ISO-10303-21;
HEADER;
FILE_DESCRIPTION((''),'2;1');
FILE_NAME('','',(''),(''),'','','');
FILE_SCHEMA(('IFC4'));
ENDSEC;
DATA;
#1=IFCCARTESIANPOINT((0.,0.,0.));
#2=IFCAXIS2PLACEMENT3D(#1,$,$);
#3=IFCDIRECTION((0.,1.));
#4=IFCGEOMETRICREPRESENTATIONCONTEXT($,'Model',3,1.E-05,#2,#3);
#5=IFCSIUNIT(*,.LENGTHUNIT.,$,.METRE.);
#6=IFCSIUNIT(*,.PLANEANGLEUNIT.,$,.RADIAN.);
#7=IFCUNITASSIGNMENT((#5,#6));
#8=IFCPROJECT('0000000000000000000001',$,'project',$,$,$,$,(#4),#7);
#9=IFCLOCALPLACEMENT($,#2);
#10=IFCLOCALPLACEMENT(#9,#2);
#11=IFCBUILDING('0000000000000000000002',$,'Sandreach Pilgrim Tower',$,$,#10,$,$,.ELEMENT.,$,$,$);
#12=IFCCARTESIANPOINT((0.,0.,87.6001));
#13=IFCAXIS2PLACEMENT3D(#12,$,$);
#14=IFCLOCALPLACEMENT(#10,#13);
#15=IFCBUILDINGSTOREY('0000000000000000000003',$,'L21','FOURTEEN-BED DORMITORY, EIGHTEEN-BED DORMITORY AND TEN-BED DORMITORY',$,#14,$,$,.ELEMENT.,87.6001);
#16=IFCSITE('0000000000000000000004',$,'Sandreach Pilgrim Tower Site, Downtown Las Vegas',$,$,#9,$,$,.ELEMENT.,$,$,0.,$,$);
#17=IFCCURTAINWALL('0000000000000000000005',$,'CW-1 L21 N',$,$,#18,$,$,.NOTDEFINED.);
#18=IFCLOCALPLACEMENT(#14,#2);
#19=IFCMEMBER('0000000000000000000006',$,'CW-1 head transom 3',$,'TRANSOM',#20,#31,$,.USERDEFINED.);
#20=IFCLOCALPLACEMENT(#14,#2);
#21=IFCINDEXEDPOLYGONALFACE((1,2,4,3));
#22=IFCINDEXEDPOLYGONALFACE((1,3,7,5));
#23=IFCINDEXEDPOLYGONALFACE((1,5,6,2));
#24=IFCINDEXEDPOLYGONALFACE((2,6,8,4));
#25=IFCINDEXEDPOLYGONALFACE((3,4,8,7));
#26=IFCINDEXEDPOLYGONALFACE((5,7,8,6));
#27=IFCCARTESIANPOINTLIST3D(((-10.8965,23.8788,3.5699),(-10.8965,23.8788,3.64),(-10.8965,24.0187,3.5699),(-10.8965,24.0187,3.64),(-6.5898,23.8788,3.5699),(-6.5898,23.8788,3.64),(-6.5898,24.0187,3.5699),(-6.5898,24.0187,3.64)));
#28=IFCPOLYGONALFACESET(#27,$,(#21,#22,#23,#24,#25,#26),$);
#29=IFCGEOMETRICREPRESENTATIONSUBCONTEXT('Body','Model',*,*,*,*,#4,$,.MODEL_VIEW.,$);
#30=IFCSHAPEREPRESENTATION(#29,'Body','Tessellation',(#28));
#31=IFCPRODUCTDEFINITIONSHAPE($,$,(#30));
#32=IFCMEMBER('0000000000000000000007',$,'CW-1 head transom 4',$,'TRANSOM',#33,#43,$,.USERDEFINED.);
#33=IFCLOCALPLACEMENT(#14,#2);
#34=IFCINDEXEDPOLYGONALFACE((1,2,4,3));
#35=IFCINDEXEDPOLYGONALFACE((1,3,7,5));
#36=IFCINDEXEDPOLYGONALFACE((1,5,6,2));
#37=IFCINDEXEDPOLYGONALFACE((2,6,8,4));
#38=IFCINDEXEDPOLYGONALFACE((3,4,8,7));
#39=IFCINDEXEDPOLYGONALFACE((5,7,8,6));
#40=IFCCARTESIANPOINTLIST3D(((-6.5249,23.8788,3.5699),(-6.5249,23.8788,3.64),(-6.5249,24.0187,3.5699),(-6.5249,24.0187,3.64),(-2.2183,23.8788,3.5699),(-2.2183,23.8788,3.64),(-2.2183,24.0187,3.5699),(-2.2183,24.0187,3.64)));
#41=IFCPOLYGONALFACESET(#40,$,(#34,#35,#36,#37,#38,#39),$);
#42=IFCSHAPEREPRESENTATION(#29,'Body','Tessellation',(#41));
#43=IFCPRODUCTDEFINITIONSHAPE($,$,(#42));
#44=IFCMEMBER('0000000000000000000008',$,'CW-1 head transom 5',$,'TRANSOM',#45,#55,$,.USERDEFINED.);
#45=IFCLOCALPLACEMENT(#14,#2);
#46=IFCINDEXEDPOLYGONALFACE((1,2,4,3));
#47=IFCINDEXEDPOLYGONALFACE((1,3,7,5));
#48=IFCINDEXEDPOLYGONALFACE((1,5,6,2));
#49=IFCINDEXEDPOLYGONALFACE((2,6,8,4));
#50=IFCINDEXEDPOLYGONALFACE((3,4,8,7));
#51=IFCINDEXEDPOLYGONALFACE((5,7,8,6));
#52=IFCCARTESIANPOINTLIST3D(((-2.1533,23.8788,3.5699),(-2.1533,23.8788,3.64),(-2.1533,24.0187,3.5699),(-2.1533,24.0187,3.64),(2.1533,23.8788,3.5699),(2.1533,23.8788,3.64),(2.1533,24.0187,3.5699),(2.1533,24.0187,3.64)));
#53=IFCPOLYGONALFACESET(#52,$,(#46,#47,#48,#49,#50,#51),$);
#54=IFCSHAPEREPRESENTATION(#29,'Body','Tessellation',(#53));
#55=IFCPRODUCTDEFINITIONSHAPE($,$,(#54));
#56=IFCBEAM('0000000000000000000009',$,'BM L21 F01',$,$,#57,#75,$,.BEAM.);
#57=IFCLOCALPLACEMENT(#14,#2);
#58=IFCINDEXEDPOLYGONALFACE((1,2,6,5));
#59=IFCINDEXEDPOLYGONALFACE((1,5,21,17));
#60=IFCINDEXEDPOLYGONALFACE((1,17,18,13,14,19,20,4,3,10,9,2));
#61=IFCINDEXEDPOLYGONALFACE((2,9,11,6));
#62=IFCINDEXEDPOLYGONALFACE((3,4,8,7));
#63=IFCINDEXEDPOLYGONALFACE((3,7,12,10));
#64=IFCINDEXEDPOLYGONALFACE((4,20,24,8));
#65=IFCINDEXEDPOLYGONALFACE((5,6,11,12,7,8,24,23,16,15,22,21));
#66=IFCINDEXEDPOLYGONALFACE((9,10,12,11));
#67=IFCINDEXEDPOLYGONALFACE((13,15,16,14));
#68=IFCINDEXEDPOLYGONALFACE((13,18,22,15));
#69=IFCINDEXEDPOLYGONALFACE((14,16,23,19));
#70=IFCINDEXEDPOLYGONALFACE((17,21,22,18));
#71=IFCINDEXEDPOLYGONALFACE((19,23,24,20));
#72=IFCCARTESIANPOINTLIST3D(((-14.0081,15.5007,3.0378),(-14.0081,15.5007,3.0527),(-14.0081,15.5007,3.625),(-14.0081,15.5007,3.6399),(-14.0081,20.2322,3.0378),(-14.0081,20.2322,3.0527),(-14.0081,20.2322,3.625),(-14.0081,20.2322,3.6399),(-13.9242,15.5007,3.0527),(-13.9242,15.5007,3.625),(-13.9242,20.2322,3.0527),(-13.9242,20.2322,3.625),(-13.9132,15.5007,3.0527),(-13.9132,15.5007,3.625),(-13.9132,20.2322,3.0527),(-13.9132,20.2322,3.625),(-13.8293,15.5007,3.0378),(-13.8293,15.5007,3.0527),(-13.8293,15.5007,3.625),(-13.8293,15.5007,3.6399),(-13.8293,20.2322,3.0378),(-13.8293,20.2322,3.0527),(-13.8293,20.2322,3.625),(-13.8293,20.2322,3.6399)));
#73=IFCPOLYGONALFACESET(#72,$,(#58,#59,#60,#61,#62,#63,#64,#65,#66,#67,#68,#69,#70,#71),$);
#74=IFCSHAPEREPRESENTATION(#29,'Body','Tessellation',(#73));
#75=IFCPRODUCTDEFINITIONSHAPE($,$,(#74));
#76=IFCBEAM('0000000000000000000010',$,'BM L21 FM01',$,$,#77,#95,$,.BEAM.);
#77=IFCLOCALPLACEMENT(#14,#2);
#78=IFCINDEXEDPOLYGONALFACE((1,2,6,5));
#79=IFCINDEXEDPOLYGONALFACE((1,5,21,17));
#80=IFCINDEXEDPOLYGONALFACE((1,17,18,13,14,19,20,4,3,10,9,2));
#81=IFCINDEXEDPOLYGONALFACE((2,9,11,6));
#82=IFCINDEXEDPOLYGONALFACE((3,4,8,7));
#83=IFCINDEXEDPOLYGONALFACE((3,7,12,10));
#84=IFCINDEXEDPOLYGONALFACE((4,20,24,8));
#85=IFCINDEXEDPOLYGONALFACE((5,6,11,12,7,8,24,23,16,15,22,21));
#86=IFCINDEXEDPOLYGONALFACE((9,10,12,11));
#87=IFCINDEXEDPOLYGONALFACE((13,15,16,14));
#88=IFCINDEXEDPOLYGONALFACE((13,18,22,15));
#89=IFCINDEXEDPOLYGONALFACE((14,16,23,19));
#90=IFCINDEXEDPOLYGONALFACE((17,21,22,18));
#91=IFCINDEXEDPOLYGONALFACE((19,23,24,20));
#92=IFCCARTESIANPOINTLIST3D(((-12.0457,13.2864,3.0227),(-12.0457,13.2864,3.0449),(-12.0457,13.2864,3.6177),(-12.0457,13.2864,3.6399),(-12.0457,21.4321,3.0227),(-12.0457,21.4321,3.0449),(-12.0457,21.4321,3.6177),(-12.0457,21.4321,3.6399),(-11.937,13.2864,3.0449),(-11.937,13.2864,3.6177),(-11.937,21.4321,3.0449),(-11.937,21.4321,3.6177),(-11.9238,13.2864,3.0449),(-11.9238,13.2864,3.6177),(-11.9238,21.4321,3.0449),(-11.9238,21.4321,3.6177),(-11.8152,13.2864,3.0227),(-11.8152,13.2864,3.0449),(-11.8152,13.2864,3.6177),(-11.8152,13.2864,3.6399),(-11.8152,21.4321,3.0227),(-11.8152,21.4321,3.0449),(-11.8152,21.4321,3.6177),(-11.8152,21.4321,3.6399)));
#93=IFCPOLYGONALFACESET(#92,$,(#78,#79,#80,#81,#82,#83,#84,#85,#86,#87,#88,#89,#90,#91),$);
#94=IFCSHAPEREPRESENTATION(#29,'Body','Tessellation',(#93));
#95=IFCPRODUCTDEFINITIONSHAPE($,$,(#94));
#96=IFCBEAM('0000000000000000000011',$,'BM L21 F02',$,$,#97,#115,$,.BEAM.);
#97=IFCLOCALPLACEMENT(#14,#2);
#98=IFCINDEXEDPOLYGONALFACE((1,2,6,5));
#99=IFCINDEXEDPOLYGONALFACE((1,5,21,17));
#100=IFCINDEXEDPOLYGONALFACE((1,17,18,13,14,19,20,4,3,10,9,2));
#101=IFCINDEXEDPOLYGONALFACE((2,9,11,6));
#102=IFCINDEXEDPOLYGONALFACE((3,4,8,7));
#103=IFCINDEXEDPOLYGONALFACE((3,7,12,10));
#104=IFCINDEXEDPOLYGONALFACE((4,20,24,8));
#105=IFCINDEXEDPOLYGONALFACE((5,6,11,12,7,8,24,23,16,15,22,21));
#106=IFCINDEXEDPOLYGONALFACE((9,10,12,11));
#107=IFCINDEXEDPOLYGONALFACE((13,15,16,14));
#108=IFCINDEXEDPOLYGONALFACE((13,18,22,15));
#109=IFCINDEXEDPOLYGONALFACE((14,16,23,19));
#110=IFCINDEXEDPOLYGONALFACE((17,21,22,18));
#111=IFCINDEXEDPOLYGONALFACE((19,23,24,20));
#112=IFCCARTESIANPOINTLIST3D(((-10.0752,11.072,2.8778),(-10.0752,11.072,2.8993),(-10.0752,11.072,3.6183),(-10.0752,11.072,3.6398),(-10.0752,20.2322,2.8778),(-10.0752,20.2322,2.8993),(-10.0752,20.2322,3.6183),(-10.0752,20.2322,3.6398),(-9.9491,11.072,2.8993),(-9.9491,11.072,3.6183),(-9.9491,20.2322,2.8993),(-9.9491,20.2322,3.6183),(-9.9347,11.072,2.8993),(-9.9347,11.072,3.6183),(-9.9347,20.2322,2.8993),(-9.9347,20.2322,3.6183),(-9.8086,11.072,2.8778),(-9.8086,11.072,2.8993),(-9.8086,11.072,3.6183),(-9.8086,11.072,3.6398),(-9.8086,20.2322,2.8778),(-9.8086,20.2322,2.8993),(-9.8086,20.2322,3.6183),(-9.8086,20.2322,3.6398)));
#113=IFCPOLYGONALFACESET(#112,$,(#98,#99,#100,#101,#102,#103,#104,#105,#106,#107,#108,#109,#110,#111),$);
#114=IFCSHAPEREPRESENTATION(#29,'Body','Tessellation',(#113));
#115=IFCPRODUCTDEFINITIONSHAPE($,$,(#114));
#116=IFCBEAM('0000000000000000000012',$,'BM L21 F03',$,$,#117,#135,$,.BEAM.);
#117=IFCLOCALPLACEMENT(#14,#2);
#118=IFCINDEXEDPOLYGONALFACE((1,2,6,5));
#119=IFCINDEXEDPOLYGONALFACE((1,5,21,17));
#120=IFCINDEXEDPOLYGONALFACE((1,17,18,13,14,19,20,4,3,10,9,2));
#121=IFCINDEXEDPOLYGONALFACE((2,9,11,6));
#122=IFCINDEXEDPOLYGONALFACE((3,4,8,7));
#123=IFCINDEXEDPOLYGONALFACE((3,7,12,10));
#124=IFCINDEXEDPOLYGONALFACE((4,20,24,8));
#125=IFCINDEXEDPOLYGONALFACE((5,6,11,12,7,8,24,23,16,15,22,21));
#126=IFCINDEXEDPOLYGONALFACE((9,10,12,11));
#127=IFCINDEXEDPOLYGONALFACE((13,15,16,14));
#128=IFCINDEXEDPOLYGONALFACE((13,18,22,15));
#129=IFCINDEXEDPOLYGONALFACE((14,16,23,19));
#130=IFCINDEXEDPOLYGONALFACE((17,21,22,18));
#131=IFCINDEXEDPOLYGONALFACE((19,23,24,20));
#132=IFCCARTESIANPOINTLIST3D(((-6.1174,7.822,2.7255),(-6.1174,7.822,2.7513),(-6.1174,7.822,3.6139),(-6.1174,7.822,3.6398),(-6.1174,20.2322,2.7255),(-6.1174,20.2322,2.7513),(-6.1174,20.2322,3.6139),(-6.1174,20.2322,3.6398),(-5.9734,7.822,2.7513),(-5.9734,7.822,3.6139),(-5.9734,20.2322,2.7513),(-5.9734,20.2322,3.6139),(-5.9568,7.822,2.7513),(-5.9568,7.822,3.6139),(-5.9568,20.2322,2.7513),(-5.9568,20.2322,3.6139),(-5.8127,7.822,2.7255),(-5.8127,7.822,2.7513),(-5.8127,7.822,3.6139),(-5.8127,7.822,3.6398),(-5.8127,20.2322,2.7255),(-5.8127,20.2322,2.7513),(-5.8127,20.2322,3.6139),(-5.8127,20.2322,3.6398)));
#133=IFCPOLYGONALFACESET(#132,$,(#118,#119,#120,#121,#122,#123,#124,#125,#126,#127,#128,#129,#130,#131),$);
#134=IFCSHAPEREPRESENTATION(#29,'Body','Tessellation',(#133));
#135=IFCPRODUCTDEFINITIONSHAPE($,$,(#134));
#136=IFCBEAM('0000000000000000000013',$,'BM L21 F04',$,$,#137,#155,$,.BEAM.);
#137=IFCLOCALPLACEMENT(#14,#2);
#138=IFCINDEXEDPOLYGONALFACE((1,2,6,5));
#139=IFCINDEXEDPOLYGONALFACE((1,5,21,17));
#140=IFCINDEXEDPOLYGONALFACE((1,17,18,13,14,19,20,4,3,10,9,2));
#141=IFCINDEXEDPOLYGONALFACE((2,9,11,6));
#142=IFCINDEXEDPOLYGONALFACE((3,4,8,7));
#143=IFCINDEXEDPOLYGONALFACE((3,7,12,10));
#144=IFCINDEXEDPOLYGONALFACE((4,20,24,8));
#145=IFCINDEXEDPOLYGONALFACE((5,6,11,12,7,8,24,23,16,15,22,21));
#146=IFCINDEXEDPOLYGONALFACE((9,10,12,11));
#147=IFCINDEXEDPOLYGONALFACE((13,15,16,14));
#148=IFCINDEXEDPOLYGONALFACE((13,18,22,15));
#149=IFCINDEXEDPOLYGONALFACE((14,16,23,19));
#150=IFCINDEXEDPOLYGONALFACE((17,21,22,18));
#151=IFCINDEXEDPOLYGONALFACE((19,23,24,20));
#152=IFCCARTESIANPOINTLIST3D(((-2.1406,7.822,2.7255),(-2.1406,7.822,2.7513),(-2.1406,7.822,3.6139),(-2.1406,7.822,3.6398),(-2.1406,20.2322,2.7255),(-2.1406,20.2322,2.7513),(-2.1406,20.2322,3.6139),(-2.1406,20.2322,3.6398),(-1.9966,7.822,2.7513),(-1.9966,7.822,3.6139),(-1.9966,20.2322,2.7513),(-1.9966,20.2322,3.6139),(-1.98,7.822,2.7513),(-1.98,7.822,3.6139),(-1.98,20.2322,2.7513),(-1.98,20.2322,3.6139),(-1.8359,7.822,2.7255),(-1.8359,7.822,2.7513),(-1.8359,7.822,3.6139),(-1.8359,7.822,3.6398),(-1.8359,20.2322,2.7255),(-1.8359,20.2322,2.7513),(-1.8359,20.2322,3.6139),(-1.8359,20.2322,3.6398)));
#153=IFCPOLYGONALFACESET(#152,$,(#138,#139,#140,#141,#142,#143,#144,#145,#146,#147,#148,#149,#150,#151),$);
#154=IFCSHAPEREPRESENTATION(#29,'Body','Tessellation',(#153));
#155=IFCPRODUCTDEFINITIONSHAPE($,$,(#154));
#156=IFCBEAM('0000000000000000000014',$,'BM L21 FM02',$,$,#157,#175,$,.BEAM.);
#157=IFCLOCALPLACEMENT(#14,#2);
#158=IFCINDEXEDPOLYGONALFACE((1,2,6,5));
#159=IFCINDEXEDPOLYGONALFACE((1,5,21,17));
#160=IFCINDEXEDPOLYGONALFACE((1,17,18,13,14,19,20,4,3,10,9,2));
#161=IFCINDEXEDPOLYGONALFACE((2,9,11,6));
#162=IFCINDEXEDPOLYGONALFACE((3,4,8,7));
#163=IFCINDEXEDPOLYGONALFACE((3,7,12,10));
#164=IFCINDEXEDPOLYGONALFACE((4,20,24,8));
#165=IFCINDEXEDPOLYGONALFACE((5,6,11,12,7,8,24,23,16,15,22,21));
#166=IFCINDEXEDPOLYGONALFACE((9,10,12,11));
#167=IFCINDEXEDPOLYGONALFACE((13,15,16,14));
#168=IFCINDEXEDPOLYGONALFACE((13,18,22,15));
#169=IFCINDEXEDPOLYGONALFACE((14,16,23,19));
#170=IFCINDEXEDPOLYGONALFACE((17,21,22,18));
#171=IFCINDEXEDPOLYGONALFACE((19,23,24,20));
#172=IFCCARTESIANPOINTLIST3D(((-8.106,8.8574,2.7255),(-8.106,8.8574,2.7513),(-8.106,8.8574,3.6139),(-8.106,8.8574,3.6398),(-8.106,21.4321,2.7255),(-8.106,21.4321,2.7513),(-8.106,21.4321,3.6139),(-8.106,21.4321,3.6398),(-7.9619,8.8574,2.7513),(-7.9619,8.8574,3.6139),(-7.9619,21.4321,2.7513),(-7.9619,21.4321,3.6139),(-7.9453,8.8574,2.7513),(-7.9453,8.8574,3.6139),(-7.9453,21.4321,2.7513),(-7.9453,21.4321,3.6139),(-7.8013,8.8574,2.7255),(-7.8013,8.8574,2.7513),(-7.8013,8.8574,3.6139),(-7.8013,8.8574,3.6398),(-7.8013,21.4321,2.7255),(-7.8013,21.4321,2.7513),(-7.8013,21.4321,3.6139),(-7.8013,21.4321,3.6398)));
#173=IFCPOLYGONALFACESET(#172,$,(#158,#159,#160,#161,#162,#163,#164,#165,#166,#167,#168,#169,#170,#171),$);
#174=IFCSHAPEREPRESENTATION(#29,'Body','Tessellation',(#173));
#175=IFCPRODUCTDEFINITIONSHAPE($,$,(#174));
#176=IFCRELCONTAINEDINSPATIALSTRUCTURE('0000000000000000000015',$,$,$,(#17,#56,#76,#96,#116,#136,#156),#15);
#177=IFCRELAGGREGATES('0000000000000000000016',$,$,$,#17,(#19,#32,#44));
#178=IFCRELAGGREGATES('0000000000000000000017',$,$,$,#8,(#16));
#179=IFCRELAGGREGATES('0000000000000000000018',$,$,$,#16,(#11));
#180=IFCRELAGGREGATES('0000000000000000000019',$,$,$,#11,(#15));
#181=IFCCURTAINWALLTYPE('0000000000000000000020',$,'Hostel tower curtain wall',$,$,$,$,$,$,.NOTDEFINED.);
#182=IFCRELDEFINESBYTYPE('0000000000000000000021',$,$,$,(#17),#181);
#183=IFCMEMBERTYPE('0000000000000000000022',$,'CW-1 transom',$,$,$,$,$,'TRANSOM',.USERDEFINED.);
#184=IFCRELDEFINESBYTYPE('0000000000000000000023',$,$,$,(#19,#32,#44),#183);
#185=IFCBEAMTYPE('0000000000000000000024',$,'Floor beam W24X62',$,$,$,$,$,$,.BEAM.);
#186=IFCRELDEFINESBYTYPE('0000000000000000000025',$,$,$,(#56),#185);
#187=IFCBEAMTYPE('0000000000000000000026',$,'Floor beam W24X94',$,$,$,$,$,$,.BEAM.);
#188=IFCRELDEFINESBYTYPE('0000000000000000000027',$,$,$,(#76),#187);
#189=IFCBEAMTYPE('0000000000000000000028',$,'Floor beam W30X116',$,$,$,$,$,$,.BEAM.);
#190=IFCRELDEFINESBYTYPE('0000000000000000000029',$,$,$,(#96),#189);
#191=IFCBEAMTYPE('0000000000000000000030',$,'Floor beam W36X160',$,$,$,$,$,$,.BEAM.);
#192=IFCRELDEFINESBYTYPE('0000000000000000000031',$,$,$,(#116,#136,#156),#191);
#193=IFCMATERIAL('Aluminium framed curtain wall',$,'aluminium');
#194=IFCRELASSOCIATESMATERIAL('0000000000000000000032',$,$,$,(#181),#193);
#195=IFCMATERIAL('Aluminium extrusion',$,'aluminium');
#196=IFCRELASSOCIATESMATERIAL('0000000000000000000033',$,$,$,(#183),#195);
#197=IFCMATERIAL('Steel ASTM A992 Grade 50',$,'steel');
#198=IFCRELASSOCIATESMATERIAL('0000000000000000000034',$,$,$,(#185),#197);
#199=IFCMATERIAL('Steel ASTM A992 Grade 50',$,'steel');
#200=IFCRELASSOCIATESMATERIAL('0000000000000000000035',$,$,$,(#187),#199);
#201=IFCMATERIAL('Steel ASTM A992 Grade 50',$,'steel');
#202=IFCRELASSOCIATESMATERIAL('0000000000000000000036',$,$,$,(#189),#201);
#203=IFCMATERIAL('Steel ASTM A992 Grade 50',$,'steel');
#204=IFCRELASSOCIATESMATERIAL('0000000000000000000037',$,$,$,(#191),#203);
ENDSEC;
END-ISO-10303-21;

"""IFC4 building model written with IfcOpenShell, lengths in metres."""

from ifc_helpers import new_model, si_unit, direction, frame, origin, origin_2d, place, context, subcontext, project, spatial, rectangle, i_section, extrude, material, material_profile, profile_set, type_object, element, aggregate, save


model = new_model("IFC4")

# Units and contexts
model_context = context("Model", 3, precision=1e-05, world=origin(), true_north=direction((0.0, 1.0)))
body_context = subcontext(model_context, "Body", "Model", "MODEL_VIEW")
ifc_project = project(units=[si_unit("LENGTHUNIT", "METRE"), si_unit("PLANEANGLEUNIT", "RADIAN")], contexts=[model_context])

# Site, building, storey
site_placement = place(None, origin())
site = spatial("IfcSite", under=ifc_project, at=site_placement, Name="Sandreach Pilgrim Tower Site, Downtown Las Vegas", CompositionType="ELEMENT", RefElevation=0.0)
building_placement = place(site_placement, origin())
building = spatial("IfcBuilding", under=site, at=building_placement, Name="Sandreach Pilgrim Tower", CompositionType="ELEMENT")
storey_placement = place(building_placement, frame((0.0, 0.0, 87.6001)))
storey = spatial("IfcBuildingStorey", under=building, at=storey_placement, Name="L21", Description="FOURTEEN-BED DORMITORY, EIGHTEEN-BED DORMITORY AND TEN-BED DORMITORY", CompositionType="ELEMENT", Elevation=87.6001)

# Curtain wall, members
ifc_material_1 = material(Name="Aluminium framed curtain wall", Category="aluminium")
curtain_wall_type = type_object("IfcCurtainWallType", Name="Hostel tower curtain wall", PredefinedType="NOTDEFINED", material=ifc_material_1)
curtain_wall_placement = place(storey_placement, origin())
curtain_wall = element("IfcCurtainWall", 1, at=curtain_wall_placement, inside=storey, type_object=curtain_wall_type, Name="CW-1 L21 N", PredefinedType="NOTDEFINED")
ifc_material_2 = material(Name="Aluminium extrusion", Category="aluminium")
ifc_material_profile_1 = material_profile(ifc_material_2, rectangle(XDim=0.1399, YDim=0.0701, at=origin_2d()), Name="CW-1T 140X70")
ifc_profile_set_1 = profile_set([ifc_material_profile_1], Name="Aluminium extrusion")
member_type_1 = type_object("IfcMemberType", Name="CW-1 transom", ElementType="TRANSOM", PredefinedType="USERDEFINED", material=ifc_profile_set_1)
member_1_placement = place(storey_placement, frame((-10.8965, 23.9487, 3.605), z_axis=(1.0, 0.0, 0.0), x_axis=(0.0, 1.0, 0.0)))
member_1 = element("IfcMember", 2, at=member_1_placement, type_object=member_type_1, Name="CW-1 head transom 3", ObjectType="TRANSOM", PredefinedType="USERDEFINED", context=body_context, shape_type="SweptSolid", body=[
    extrude(rectangle(XDim=0.1399, YDim=0.0701, at=origin_2d()), origin(), (0.0, 0.0, 1.0), 4.3066),
])
member_2_placement = place(storey_placement, frame((-6.5249, 23.9487, 3.605), z_axis=(1.0, 0.0, 0.0), x_axis=(0.0, 1.0, 0.0)))
member_2 = element("IfcMember", 3, at=member_2_placement, type_object=member_type_1, Name="CW-1 head transom 4", ObjectType="TRANSOM", PredefinedType="USERDEFINED", context=body_context, shape_type="SweptSolid", body=[
    extrude(rectangle(XDim=0.1399, YDim=0.0701, at=origin_2d()), origin(), (0.0, 0.0, 1.0), 4.3066),
])
member_3_placement = place(storey_placement, frame((-2.1533, 23.9487, 3.605), z_axis=(1.0, 0.0, 0.0), x_axis=(0.0, 1.0, 0.0)))
member_3 = element("IfcMember", 4, at=member_3_placement, type_object=member_type_1, Name="CW-1 head transom 5", ObjectType="TRANSOM", PredefinedType="USERDEFINED", context=body_context, shape_type="SweptSolid", body=[
    extrude(rectangle(XDim=0.1399, YDim=0.0701, at=origin_2d()), origin(), (0.0, 0.0, 1.0), 4.3066),
])

# Beams
ifc_material_3 = material(Name="Steel ASTM A992 Grade 50", Category="steel")
ifc_material_profile_2 = material_profile(ifc_material_3, i_section(OverallWidth=0.1787, OverallDepth=0.6021, WebThickness=0.011, FlangeThickness=0.0149, at=origin_2d()), Name="W24X62")
ifc_profile_set_2 = profile_set([ifc_material_profile_2], Name="Steel ASTM A992 Grade 50")
beam_type_1 = type_object("IfcBeamType", Name="Floor beam W24X62", PredefinedType="BEAM", material=ifc_profile_set_2)
beam_1_placement = place(storey_placement, frame((-13.9187, 20.2322, 3.3389), z_axis=(0.0, -1.0, 0.0), x_axis=(1.0, 0.0, 0.0)))
element("IfcBeam", 5, at=beam_1_placement, inside=storey, type_object=beam_type_1, Name="BM L21 F01", PredefinedType="BEAM", context=body_context, shape_type="SweptSolid", body=[
    extrude(i_section(OverallWidth=0.1787, OverallDepth=0.6021, WebThickness=0.011, FlangeThickness=0.0149, at=origin_2d()), origin(), (0.0, 0.0, 1.0), 4.7314),
])
ifc_material_4 = material(Name="Steel ASTM A992 Grade 50", Category="steel")
ifc_material_profile_3 = material_profile(ifc_material_4, i_section(OverallWidth=0.2305, OverallDepth=0.6172, WebThickness=0.0132, FlangeThickness=0.0222, at=origin_2d()), Name="W24X94")
ifc_profile_set_3 = profile_set([ifc_material_profile_3], Name="Steel ASTM A992 Grade 50")
beam_type_2 = type_object("IfcBeamType", Name="Floor beam W24X94", PredefinedType="BEAM", material=ifc_profile_set_3)
beam_2_placement = place(storey_placement, frame((-11.9304, 21.4321, 3.3313), z_axis=(0.0, -1.0, 0.0), x_axis=(1.0, 0.0, 0.0)))
element("IfcBeam", 6, at=beam_2_placement, inside=storey, type_object=beam_type_2, Name="BM L21 FM01", PredefinedType="BEAM", context=body_context, shape_type="SweptSolid", body=[
    extrude(i_section(OverallWidth=0.2305, OverallDepth=0.6172, WebThickness=0.0132, FlangeThickness=0.0222, at=origin_2d()), origin(), (0.0, 0.0, 1.0), 8.1458),
])
ifc_material_5 = material(Name="Steel ASTM A992 Grade 50", Category="steel")
ifc_material_profile_4 = material_profile(ifc_material_5, i_section(OverallWidth=0.2666, OverallDepth=0.762, WebThickness=0.0144, FlangeThickness=0.0215, at=origin_2d()), Name="W30X116")
ifc_profile_set_4 = profile_set([ifc_material_profile_4], Name="Steel ASTM A992 Grade 50")
beam_type_3 = type_object("IfcBeamType", Name="Floor beam W30X116", PredefinedType="BEAM", material=ifc_profile_set_4)
beam_3_placement = place(storey_placement, frame((-9.9419, 20.2322, 3.2588), z_axis=(0.0, -1.0, 0.0), x_axis=(1.0, 0.0, 0.0)))
element("IfcBeam", 7, at=beam_3_placement, inside=storey, type_object=beam_type_3, Name="BM L21 F02", PredefinedType="BEAM", context=body_context, shape_type="SweptSolid", body=[
    extrude(i_section(OverallWidth=0.2666, OverallDepth=0.762, WebThickness=0.0144, FlangeThickness=0.0215, at=origin_2d()), origin(), (0.0, 0.0, 1.0), 9.1602),
])
ifc_material_6 = material(Name="Steel ASTM A992 Grade 50", Category="steel")
ifc_material_profile_5 = material_profile(ifc_material_6, i_section(OverallWidth=0.3047, OverallDepth=0.9143, WebThickness=0.0166, FlangeThickness=0.0259, at=origin_2d()), Name="W36X160")
ifc_profile_set_5 = profile_set([ifc_material_profile_5], Name="Steel ASTM A992 Grade 50")
beam_type_4 = type_object("IfcBeamType", Name="Floor beam W36X160", PredefinedType="BEAM", material=ifc_profile_set_5)
for number, where, z_axis, x_axis, name in (
    (8, (-5.9651, 20.2322, 3.1826), (0.0, -1.0, 0.0), (1.0, 0.0, 0.0), "BM L21 F03"),
    (9, (-1.9883, 20.2322, 3.1826), (0.0, -1.0, 0.0), (1.0, 0.0, 0.0), "BM L21 F04"),
):
    element("IfcBeam", number, at=place(storey_placement, frame(where, z_axis=z_axis, x_axis=x_axis)), inside=storey, type_object=beam_type_4, Name=name, PredefinedType="BEAM", context=body_context, shape_type="SweptSolid", body=[
        extrude(i_section(OverallWidth=0.3047, OverallDepth=0.9143, WebThickness=0.0166, FlangeThickness=0.0259, at=origin_2d()), origin(), (0.0, 0.0, 1.0), 12.4102),
    ])
beam_4_placement = place(storey_placement, frame((-7.9536, 21.4321, 3.1826), z_axis=(0.0, -1.0, 0.0), x_axis=(1.0, 0.0, 0.0)))
element("IfcBeam", 10, at=beam_4_placement, inside=storey, type_object=beam_type_4, Name="BM L21 FM02", PredefinedType="BEAM", context=body_context, shape_type="SweptSolid", body=[
    extrude(i_section(OverallWidth=0.3047, OverallDepth=0.9143, WebThickness=0.0166, FlangeThickness=0.0259, at=origin_2d()), origin(), (0.0, 0.0, 1.0), 12.5747),
])

aggregate(curtain_wall, [member_1, member_2, member_3])

save(model, "model.ifc")
